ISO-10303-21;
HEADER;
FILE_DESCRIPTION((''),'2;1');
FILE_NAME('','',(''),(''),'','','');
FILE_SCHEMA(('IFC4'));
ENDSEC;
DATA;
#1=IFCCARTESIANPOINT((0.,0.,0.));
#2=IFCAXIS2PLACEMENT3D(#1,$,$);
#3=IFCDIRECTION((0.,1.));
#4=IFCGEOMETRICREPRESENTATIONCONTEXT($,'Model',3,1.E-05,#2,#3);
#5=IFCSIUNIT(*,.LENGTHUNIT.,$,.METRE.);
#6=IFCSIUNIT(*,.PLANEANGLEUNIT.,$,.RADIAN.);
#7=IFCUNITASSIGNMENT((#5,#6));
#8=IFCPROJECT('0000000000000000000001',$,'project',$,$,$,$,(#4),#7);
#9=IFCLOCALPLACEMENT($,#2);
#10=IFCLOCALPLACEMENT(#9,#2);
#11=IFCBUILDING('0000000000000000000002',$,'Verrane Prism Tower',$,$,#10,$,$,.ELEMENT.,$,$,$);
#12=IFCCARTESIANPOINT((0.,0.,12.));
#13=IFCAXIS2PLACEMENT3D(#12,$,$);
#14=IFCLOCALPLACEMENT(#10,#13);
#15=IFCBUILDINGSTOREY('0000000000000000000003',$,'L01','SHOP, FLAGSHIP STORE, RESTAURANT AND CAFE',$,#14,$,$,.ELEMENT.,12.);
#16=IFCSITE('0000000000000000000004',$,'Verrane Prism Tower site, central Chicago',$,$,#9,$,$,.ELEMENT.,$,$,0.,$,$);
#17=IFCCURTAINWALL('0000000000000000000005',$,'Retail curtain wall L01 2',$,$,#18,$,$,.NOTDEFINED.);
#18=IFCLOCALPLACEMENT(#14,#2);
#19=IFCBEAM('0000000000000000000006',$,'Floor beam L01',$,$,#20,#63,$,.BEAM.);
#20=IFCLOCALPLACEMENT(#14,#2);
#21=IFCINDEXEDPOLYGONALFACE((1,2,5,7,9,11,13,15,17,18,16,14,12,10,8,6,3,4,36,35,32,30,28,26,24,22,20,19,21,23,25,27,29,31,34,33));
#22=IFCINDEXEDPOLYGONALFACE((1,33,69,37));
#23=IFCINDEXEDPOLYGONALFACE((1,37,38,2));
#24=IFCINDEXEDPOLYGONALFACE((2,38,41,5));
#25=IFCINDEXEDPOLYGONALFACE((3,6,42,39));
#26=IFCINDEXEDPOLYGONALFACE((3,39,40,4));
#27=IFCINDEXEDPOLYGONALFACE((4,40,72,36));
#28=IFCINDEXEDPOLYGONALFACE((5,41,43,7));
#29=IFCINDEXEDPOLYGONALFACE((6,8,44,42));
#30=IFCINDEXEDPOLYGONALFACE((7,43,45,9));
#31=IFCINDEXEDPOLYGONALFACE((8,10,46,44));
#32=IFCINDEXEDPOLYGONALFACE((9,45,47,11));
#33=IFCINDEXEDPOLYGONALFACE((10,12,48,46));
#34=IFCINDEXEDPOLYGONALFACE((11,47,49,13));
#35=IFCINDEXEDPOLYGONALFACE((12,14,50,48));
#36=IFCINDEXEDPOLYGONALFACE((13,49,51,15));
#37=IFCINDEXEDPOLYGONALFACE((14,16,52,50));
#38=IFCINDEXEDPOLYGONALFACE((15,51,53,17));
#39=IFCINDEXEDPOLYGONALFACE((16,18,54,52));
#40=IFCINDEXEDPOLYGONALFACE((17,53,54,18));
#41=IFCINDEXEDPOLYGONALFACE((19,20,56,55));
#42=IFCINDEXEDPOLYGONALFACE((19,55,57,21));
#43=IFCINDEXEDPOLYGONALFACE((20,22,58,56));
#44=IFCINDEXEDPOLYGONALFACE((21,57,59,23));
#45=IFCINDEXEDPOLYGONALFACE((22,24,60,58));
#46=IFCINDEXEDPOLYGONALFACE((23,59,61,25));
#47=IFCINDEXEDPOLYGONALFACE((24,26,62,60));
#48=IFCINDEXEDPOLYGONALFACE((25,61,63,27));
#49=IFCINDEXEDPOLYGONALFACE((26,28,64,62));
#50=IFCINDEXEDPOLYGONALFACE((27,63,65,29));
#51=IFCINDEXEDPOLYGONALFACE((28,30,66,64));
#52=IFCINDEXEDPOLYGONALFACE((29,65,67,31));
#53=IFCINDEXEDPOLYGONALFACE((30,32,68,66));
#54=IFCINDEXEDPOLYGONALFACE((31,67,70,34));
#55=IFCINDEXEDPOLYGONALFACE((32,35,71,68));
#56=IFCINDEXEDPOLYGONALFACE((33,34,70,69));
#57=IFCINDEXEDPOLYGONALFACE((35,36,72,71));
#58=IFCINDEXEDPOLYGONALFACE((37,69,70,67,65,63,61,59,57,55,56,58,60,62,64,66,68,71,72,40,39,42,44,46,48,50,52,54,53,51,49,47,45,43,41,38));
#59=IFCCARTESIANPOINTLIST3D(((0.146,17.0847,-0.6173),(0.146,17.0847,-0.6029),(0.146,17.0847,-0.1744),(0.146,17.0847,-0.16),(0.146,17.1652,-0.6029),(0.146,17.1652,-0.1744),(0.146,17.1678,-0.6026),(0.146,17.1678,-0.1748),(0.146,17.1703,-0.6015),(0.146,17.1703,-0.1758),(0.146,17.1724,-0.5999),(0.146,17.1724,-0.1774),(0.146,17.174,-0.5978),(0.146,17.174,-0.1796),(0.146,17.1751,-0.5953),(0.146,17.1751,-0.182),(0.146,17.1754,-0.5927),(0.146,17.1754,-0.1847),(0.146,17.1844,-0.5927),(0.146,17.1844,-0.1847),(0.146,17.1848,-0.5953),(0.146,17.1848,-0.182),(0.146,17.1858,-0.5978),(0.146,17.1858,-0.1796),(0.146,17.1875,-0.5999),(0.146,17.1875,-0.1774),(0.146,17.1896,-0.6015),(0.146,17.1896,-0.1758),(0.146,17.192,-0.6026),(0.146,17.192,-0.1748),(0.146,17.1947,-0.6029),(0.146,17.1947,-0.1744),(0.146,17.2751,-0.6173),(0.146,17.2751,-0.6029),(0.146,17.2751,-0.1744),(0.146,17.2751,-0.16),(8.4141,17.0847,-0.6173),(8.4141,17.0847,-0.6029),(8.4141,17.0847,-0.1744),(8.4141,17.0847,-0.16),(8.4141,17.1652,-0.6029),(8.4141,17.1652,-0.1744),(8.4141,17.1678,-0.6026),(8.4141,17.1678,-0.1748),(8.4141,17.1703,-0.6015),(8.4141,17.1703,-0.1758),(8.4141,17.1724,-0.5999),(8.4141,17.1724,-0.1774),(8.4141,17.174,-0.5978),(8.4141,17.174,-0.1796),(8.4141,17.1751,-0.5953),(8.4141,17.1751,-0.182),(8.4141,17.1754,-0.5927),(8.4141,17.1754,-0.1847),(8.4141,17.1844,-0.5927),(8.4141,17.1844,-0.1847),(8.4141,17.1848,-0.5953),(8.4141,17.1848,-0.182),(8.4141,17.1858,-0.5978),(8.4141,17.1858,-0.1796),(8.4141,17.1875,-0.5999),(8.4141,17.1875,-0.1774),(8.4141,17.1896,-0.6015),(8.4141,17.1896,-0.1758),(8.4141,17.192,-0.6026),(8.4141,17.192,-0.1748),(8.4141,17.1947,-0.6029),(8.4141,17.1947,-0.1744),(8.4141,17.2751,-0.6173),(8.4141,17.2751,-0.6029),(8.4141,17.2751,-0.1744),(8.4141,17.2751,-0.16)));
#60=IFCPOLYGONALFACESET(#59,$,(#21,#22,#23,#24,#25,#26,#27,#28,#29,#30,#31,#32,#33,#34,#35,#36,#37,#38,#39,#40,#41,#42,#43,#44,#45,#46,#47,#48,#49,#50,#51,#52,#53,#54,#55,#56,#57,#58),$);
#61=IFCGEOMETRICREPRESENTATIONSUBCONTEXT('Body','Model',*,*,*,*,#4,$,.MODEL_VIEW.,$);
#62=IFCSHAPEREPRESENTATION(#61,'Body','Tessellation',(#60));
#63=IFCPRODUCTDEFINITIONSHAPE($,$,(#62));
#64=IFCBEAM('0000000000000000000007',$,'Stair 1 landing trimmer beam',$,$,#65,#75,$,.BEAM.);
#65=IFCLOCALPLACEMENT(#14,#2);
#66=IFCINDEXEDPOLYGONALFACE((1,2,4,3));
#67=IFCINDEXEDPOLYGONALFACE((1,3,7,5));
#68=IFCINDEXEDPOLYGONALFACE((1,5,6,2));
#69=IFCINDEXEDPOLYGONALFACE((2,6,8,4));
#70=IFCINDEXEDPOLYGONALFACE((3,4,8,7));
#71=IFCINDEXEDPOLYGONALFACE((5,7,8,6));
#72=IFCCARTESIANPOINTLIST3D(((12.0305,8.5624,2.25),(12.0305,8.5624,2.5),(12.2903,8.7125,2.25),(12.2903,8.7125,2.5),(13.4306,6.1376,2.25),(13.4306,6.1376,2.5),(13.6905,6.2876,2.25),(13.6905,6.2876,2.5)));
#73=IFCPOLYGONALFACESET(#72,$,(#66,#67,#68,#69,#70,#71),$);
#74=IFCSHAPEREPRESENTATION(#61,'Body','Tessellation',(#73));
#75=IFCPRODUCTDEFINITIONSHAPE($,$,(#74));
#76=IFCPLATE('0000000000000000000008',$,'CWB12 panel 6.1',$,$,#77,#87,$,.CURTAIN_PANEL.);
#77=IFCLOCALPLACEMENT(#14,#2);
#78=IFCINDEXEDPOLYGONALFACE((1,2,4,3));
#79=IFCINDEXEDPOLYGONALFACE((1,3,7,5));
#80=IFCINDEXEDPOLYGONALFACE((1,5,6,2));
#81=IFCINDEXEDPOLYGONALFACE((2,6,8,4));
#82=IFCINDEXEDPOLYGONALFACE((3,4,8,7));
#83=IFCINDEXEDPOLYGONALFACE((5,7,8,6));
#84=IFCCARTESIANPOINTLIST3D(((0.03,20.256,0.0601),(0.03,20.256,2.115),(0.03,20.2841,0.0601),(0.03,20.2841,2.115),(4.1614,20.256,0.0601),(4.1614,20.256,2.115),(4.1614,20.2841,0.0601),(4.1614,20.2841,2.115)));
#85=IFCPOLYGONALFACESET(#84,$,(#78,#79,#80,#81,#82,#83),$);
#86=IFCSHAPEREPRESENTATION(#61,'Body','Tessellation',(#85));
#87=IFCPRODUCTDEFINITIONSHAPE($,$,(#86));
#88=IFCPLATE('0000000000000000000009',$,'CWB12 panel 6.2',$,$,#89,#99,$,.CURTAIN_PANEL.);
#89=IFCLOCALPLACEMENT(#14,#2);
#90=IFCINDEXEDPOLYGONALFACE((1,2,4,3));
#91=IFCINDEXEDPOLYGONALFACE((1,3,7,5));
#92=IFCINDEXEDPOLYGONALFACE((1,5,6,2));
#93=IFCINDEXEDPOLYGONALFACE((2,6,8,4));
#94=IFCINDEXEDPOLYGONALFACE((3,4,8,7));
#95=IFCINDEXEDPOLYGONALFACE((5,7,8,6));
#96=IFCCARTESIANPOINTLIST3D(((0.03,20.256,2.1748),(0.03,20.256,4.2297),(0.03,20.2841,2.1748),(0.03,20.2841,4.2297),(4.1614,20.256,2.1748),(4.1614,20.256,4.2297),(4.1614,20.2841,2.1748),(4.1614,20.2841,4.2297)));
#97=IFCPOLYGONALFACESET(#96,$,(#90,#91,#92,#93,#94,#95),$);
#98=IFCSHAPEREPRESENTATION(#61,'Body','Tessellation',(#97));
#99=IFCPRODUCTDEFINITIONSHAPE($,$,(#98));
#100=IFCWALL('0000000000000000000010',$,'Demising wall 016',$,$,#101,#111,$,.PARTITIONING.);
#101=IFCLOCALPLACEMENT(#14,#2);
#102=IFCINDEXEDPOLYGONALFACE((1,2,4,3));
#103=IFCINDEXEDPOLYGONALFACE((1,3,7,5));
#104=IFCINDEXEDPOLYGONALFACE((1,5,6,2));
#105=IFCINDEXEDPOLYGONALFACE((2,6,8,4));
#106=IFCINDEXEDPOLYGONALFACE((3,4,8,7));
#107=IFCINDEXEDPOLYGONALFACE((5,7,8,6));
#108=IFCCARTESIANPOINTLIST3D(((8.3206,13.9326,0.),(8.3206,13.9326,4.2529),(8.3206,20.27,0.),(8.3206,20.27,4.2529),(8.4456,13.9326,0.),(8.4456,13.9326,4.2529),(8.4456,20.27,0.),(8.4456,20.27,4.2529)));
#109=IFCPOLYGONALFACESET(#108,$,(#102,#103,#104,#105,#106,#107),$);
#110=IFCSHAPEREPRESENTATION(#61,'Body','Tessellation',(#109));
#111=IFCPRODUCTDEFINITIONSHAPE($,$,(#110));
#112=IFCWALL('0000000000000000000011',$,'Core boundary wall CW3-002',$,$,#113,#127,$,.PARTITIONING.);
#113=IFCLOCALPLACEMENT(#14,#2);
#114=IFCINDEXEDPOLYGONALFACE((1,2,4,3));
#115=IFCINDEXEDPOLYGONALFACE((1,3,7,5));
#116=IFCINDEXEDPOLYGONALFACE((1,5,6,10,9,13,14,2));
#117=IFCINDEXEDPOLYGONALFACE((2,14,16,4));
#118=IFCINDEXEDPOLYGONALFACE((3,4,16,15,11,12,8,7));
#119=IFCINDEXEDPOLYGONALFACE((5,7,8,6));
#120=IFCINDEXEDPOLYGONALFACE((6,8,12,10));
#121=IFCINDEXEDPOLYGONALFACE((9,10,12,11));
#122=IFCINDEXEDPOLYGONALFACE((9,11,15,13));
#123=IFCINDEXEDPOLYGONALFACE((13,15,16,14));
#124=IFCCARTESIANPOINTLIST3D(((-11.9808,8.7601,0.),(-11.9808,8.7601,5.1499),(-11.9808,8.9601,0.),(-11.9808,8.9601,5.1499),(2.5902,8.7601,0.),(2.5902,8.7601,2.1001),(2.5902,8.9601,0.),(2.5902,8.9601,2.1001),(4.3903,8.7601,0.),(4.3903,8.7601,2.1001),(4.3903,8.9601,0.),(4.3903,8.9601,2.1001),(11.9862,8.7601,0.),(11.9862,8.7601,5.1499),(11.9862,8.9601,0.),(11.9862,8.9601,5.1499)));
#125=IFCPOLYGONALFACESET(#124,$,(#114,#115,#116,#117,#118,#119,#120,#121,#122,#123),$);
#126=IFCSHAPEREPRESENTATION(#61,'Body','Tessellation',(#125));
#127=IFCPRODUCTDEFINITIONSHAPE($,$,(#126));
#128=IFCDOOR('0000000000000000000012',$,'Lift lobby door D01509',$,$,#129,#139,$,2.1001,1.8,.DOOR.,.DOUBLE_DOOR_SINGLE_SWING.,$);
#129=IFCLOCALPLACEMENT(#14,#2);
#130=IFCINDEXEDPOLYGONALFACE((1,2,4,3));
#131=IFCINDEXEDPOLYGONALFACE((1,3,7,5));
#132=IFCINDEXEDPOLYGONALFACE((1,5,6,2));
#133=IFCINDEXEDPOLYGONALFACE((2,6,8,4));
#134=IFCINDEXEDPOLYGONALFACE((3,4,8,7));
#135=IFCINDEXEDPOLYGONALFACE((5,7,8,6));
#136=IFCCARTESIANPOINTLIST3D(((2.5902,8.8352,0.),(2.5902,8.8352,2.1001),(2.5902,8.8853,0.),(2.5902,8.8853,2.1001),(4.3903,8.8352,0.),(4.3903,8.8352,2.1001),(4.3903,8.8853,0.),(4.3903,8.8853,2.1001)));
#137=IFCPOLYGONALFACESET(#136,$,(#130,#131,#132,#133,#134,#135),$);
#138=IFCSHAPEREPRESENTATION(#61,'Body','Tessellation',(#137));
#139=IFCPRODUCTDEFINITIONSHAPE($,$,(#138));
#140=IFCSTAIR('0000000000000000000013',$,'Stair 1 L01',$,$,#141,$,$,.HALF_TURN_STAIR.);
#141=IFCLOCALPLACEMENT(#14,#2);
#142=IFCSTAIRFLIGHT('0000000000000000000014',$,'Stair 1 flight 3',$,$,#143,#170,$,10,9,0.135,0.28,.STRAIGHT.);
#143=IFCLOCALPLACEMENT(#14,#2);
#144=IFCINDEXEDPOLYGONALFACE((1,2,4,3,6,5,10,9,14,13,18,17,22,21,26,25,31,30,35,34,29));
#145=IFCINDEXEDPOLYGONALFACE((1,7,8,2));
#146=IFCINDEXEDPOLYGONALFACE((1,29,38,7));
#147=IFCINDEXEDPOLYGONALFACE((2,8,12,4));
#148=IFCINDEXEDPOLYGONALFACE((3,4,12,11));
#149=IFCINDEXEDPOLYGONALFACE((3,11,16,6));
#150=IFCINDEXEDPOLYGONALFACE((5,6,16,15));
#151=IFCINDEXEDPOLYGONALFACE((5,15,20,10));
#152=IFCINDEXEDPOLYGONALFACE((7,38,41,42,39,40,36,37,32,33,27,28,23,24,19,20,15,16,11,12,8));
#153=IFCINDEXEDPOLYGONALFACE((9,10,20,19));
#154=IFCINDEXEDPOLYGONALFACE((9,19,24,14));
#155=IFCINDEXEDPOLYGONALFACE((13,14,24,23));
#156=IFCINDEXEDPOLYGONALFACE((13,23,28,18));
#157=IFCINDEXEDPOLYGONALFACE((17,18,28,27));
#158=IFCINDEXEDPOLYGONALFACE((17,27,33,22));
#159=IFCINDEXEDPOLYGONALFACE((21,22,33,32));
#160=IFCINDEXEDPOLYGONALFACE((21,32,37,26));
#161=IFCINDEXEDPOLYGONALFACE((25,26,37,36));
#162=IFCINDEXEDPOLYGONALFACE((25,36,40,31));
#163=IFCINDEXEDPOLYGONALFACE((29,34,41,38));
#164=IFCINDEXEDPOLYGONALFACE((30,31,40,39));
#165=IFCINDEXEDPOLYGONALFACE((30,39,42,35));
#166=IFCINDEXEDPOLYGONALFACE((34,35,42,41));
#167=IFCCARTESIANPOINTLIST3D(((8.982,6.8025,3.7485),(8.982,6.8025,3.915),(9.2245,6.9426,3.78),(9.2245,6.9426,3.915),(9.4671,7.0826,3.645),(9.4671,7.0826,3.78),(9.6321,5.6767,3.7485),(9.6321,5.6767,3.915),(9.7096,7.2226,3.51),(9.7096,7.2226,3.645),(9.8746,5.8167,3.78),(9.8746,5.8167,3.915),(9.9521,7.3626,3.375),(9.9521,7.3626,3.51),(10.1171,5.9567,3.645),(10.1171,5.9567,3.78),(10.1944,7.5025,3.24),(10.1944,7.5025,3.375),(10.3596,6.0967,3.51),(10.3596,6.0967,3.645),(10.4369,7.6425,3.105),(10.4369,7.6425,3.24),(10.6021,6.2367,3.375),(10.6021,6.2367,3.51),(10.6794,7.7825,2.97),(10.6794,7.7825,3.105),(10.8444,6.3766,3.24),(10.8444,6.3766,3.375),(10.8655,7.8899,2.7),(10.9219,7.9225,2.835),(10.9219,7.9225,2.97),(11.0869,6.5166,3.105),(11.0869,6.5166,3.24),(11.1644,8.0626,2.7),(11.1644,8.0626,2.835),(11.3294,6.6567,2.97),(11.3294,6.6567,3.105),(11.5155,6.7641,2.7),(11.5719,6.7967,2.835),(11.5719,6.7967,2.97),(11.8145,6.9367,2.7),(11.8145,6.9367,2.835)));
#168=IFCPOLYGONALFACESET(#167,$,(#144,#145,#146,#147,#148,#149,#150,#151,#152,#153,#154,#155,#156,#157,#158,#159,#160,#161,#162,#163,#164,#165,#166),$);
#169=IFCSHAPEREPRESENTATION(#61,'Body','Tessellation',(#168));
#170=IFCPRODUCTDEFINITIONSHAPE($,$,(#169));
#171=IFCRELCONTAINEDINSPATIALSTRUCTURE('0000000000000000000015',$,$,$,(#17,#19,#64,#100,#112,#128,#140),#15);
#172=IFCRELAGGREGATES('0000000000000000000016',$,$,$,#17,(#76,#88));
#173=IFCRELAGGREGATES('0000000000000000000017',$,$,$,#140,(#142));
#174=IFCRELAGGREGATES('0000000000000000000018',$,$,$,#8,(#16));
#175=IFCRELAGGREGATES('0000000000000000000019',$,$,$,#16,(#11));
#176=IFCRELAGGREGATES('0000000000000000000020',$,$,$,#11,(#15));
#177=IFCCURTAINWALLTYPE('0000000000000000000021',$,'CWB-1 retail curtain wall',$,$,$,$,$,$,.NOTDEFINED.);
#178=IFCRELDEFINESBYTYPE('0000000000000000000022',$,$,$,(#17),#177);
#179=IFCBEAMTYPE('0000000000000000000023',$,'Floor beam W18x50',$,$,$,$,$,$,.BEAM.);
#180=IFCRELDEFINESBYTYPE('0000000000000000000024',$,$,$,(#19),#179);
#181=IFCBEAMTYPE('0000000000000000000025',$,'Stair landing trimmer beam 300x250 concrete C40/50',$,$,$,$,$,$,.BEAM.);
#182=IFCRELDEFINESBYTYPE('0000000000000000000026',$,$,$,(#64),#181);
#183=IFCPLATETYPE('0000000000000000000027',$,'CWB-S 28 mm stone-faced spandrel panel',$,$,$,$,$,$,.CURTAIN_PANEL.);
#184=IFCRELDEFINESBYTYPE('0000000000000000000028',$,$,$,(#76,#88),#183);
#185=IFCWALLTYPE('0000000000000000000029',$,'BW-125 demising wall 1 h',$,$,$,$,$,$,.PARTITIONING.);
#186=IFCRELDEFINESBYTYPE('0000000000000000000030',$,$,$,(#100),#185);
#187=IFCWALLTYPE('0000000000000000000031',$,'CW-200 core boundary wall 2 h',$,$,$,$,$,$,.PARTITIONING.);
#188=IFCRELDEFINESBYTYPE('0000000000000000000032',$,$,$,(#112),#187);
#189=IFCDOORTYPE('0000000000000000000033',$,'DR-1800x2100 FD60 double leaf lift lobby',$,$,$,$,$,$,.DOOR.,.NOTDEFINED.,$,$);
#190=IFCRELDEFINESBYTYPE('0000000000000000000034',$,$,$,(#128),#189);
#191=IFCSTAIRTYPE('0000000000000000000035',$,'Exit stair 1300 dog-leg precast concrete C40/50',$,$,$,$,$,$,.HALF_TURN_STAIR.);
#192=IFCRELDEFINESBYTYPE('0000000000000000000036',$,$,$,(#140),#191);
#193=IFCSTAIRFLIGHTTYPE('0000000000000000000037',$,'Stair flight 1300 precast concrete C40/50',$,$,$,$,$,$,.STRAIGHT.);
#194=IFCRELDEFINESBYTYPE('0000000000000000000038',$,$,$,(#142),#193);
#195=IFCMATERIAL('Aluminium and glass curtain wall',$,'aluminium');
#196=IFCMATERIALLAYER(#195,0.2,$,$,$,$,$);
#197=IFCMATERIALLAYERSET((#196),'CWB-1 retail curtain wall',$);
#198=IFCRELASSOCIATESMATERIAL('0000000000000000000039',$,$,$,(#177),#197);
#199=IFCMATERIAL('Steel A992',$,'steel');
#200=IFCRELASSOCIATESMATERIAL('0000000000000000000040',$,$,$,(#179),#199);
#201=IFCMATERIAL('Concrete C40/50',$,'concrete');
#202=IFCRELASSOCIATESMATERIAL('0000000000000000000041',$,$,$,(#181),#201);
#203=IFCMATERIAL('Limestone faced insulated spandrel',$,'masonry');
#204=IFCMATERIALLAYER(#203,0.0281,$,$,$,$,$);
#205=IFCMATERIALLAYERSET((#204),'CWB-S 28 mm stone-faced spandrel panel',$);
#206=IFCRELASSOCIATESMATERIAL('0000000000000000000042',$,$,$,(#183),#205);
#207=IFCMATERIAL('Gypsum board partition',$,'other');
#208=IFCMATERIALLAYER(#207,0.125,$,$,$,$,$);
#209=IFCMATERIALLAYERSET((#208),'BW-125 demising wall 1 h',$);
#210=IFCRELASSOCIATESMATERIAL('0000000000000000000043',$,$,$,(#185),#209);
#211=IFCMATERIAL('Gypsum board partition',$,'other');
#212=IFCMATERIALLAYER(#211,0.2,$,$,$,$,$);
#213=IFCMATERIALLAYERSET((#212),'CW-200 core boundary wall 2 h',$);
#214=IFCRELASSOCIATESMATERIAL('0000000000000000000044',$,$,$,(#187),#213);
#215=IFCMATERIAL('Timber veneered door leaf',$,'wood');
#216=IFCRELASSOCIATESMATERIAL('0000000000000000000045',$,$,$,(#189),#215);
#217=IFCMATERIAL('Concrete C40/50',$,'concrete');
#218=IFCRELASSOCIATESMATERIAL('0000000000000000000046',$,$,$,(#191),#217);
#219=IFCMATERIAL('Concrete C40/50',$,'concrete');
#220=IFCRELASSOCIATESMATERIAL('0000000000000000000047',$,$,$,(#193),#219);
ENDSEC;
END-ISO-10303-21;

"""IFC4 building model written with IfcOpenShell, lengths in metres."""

from ifc_helpers import new_model, si_unit, direction, frame, frame_2d, origin, origin_2d, place, context, subcontext, project, spatial, polyline, rectangle, i_section, outline, extrude, material, layer, layer_set, material_profile, profile_set, type_object, element, fill, aggregate, save


model = new_model("IFC4")

# Units and contexts
model_context = context("Model", 3, precision=1e-05, world=origin(), true_north=direction((0.0, 1.0)))
body_context = subcontext(model_context, "Body", "Model", "MODEL_VIEW")
ifc_project = project(units=[si_unit("LENGTHUNIT", "METRE"), si_unit("PLANEANGLEUNIT", "RADIAN")], contexts=[model_context])

# Site, building, storey
site_placement = place(None, origin())
site = spatial("IfcSite", under=ifc_project, at=site_placement, Name="Verrane Prism Tower site, central Chicago", CompositionType="ELEMENT", RefElevation=0.0)
building_placement = place(site_placement, origin())
building = spatial("IfcBuilding", under=site, at=building_placement, Name="Verrane Prism Tower", CompositionType="ELEMENT")
storey_placement = place(building_placement, frame((0.0, 0.0, 12.0)))
storey = spatial("IfcBuildingStorey", under=building, at=storey_placement, Name="L01", Description="SHOP, FLAGSHIP STORE, RESTAURANT AND CAFE", CompositionType="ELEMENT", Elevation=12.0)

# Curtain wall
ifc_material_1 = material(Name="Aluminium and glass curtain wall", Category="aluminium")
ifc_layer_1 = layer(ifc_material_1, 0.2)
ifc_layer_set_1 = layer_set([ifc_layer_1], Name="CWB-1 retail curtain wall")
curtain_wall_type = type_object("IfcCurtainWallType", Name="CWB-1 retail curtain wall", PredefinedType="NOTDEFINED", material=ifc_layer_set_1)
curtain_wall_placement = place(storey_placement, origin())
curtain_wall = element("IfcCurtainWall", 1, at=curtain_wall_placement, inside=storey, type_object=curtain_wall_type, Name="Retail curtain wall L01 2", PredefinedType="NOTDEFINED")

# Beams
ifc_material_2 = material(Name="Steel A992", Category="steel")
ifc_material_profile_1 = material_profile(ifc_material_2, i_section(OverallWidth=0.1904, OverallDepth=0.4573, WebThickness=0.009, FlangeThickness=0.0144, FilletRadius=0.0103, at=origin_2d()), Name="W18x50")
ifc_profile_set_1 = profile_set([ifc_material_profile_1], Name="Steel A992")
beam_type_1 = type_object("IfcBeamType", Name="Floor beam W18x50", PredefinedType="BEAM", material=ifc_profile_set_1)
for number, where, z_axis, x_axis, name in (
    (2, (0.146, 17.1799, -0.3887), (1.0, 0.0, 0.0), (0.0, 1.0, 0.0), "Floor beam L01"),
):
    element("IfcBeam", number, at=place(storey_placement, frame(where, z_axis=z_axis, x_axis=x_axis)), inside=storey, type_object=beam_type_1, Name=name, PredefinedType="BEAM", context=body_context, shape_type="SweptSolid", body=[
        extrude(i_section(OverallWidth=0.1904, OverallDepth=0.4573, WebThickness=0.009, FlangeThickness=0.0144, FilletRadius=0.0103, at=origin_2d()), origin(), (0.0, 0.0, 1.0), 8.2681),
    ])
ifc_material_3 = material(Name="Concrete C40/50", Category="concrete")
ifc_material_profile_2 = material_profile(ifc_material_3, rectangle(XDim=0.3, YDim=0.25, at=origin_2d()), Name="RC 300x250")
ifc_profile_set_2 = profile_set([ifc_material_profile_2], Name="Concrete C40/50")
beam_type_2 = type_object("IfcBeamType", Name="Stair landing trimmer beam 300x250 concrete C40/50", PredefinedType="BEAM", material=ifc_profile_set_2)
beam_1_placement = place(storey_placement, frame((12.1604, 8.6375, 2.375), z_axis=(0.50005, -0.865997, 0.0), x_axis=(0.865997, 0.50005, 0.0)))
element("IfcBeam", 3, at=beam_1_placement, inside=storey, type_object=beam_type_2, Name="Stair 1 landing trimmer beam", PredefinedType="BEAM", context=body_context, shape_type="SweptSolid", body=[
    extrude(rectangle(XDim=0.3, YDim=0.25, at=origin_2d()), origin(), (0.0, 0.0, 1.0), 2.8),
])

# Plates
ifc_material_4 = material(Name="Limestone faced insulated spandrel", Category="masonry")
ifc_layer_2 = layer(ifc_material_4, 0.0281)
ifc_layer_set_2 = layer_set([ifc_layer_2], Name="CWB-S 28 mm stone-faced spandrel panel")
plate_type = type_object("IfcPlateType", Name="CWB-S 28 mm stone-faced spandrel panel", PredefinedType="CURTAIN_PANEL", material=ifc_layer_set_2)
plate_1_placement = place(storey_placement, frame((2.0957, 20.27, 0.0601), z_axis=(0.0, 0.0, 1.0), x_axis=(-1.0, 0.0, 0.0)))
plate_1 = element("IfcPlate", 4, at=plate_1_placement, type_object=plate_type, Name="CWB12 panel 6.1", PredefinedType="CURTAIN_PANEL", context=body_context, shape_type="SweptSolid", body=[
    extrude(rectangle(XDim=4.1313, YDim=0.0281, at=origin_2d()), origin(), (0.0, 0.0, 1.0), 2.0549),
])
plate_2_placement = place(storey_placement, frame((2.0957, 20.27, 2.1748), z_axis=(0.0, 0.0, 1.0), x_axis=(-1.0, 0.0, 0.0)))
plate_2 = element("IfcPlate", 5, at=plate_2_placement, type_object=plate_type, Name="CWB12 panel 6.2", PredefinedType="CURTAIN_PANEL", context=body_context, shape_type="SweptSolid", body=[
    extrude(rectangle(XDim=4.1313, YDim=0.0281, at=origin_2d()), origin(), (0.0, 0.0, 1.0), 2.0549),
])
aggregate(curtain_wall, [plate_1, plate_2])

# Wall
ifc_material_5 = material(Name="Gypsum board partition", Category="other")
ifc_layer_3 = layer(ifc_material_5, 0.125)
ifc_layer_set_3 = layer_set([ifc_layer_3], Name="BW-125 demising wall 1 h")
wall_type_1 = type_object("IfcWallType", Name="BW-125 demising wall 1 h", PredefinedType="PARTITIONING", material=ifc_layer_set_3)
wall_1_placement = place(storey_placement, frame((8.3831, 13.9326, 0.0), z_axis=(0.0, 0.0, 1.0), x_axis=(0.0, 1.0, 0.0)))
element("IfcWall", 6, at=wall_1_placement, inside=storey, type_object=wall_type_1, Name="Demising wall 016", PredefinedType="PARTITIONING", context=body_context, shape_type="SweptSolid", body=[
    extrude(rectangle(XDim=6.3374, YDim=0.125, at=frame_2d((3.1687, 0.0))), origin(), (0.0, 0.0, 1.0), 4.2529),
])

# Wall, opening, door
ifc_material_6 = material(Name="Gypsum board partition", Category="other")
ifc_layer_4 = layer(ifc_material_6, 0.2)
ifc_layer_set_4 = layer_set([ifc_layer_4], Name="CW-200 core boundary wall 2 h")
wall_type_2 = type_object("IfcWallType", Name="CW-200 core boundary wall 2 h", PredefinedType="PARTITIONING", material=ifc_layer_set_4)
wall_2_placement = place(storey_placement, frame((11.9861, 8.8601, 0.0), z_axis=(0.0, 0.0, 1.0), x_axis=(-1.0, 0.0, 0.0)))
wall_2 = element("IfcWall", 7, at=wall_2_placement, inside=storey, type_object=wall_type_2, Name="Core boundary wall CW3-002", PredefinedType="PARTITIONING", context=body_context, shape_type="SweptSolid", body=[
    extrude(rectangle(XDim=23.967, YDim=0.2, at=frame_2d((11.9834, 0.0))), origin(), (0.0, 0.0, 1.0), 5.1499),
])
opening_placement = place(wall_2_placement, frame((7.5959, 0.0, 0.0)))
opening = element("IfcOpeningElement", 8, at=opening_placement, cuts=wall_2, PredefinedType="OPENING", context=body_context, shape_type="SweptSolid", body=[
    extrude(rectangle(XDim=1.8, YDim=2.1001, at=frame_2d((0.8999, 1.05))), frame((0.0, 0.1099, 0.0), z_axis=(0.0, -1.0, 0.0), x_axis=(1.0, 0.0, 0.0)), (0.0, 0.0, 1.0), 0.22),
])
ifc_material_7 = material(Name="Timber veneered door leaf", Category="wood")
door_type = type_object("IfcDoorType", Name="DR-1800x2100 FD60 double leaf lift lobby", OperationType="NOTDEFINED", PredefinedType="DOOR", material=ifc_material_7)
door_placement = place(opening_placement, origin())
door = element("IfcDoor", 9, at=door_placement, inside=storey, type_object=door_type, Name="Lift lobby door D01509", OperationType="DOUBLE_DOOR_SINGLE_SWING", OverallHeight=2.1001, OverallWidth=1.8, PredefinedType="DOOR", context=body_context, shape_type="SweptSolid", body=[
    extrude(rectangle(XDim=1.8, YDim=2.1001, at=frame_2d((0.8999, 1.05))), frame((0.0, 0.0249, 0.0), z_axis=(0.0, -1.0, 0.0), x_axis=(1.0, 0.0, 0.0)), (0.0, 0.0, 1.0), 0.05),
])
fill(opening, door)

# Stair, stair flight
ifc_material_8 = material(Name="Concrete C40/50", Category="concrete")
stair_type = type_object("IfcStairType", Name="Exit stair 1300 dog-leg precast concrete C40/50", PredefinedType="HALF_TURN_STAIR", material=ifc_material_8)
stair_placement = place(storey_placement, origin())
stair = element("IfcStair", 10, at=stair_placement, inside=storey, type_object=stair_type, Name="Stair 1 L01", PredefinedType="HALF_TURN_STAIR")
ifc_material_9 = material(Name="Concrete C40/50", Category="concrete")
stair_flight_type = type_object("IfcStairFlightType", Name="Stair flight 1300 precast concrete C40/50", PredefinedType="STRAIGHT", material=ifc_material_9)
stair_flight_placement = place(storey_placement, frame((11.4895, 7.4995, 2.7), z_axis=(0.0, 0.0, 1.0), x_axis=(-0.866025, -0.5, 0.0)))
stair_flight = element("IfcStairFlight", 11, at=stair_flight_placement, type_object=stair_flight_type, Name="Stair 1 flight 3", NumberOfRisers=10, NumberOfTreads=9, PredefinedType="STRAIGHT", RiserHeight=0.135, TreadLength=0.28, context=body_context, shape_type="SweptSolid", body=[
    extrude(outline(polyline([(0.0, 0.0), (0.0, 0.135), (0.28, 0.135), (0.28, 0.27), (0.5601, 0.27), (0.5601, 0.405), (0.8401, 0.405), (0.8401, 0.54), (1.1201, 0.54), (1.1201, 0.675), (1.3999, 0.675), (1.3999, 0.8101), (1.6799, 0.8101), (1.6799, 0.9451), (1.96, 0.9451), (1.96, 1.0801), (2.24, 1.0801), (2.24, 1.2151), (2.52, 1.2151), (2.52, 1.3501), (2.52, 1.0486), (0.3452, 0.0), (0.0, 0.0)])), frame((0.0, 0.6499, 0.0), z_axis=(0.0, -1.0, 0.0), x_axis=(1.0, 0.0, 0.0)), (0.0, 0.0, 1.0), 1.3),
])
aggregate(stair, [stair_flight])

save(model, "model.ifc")
